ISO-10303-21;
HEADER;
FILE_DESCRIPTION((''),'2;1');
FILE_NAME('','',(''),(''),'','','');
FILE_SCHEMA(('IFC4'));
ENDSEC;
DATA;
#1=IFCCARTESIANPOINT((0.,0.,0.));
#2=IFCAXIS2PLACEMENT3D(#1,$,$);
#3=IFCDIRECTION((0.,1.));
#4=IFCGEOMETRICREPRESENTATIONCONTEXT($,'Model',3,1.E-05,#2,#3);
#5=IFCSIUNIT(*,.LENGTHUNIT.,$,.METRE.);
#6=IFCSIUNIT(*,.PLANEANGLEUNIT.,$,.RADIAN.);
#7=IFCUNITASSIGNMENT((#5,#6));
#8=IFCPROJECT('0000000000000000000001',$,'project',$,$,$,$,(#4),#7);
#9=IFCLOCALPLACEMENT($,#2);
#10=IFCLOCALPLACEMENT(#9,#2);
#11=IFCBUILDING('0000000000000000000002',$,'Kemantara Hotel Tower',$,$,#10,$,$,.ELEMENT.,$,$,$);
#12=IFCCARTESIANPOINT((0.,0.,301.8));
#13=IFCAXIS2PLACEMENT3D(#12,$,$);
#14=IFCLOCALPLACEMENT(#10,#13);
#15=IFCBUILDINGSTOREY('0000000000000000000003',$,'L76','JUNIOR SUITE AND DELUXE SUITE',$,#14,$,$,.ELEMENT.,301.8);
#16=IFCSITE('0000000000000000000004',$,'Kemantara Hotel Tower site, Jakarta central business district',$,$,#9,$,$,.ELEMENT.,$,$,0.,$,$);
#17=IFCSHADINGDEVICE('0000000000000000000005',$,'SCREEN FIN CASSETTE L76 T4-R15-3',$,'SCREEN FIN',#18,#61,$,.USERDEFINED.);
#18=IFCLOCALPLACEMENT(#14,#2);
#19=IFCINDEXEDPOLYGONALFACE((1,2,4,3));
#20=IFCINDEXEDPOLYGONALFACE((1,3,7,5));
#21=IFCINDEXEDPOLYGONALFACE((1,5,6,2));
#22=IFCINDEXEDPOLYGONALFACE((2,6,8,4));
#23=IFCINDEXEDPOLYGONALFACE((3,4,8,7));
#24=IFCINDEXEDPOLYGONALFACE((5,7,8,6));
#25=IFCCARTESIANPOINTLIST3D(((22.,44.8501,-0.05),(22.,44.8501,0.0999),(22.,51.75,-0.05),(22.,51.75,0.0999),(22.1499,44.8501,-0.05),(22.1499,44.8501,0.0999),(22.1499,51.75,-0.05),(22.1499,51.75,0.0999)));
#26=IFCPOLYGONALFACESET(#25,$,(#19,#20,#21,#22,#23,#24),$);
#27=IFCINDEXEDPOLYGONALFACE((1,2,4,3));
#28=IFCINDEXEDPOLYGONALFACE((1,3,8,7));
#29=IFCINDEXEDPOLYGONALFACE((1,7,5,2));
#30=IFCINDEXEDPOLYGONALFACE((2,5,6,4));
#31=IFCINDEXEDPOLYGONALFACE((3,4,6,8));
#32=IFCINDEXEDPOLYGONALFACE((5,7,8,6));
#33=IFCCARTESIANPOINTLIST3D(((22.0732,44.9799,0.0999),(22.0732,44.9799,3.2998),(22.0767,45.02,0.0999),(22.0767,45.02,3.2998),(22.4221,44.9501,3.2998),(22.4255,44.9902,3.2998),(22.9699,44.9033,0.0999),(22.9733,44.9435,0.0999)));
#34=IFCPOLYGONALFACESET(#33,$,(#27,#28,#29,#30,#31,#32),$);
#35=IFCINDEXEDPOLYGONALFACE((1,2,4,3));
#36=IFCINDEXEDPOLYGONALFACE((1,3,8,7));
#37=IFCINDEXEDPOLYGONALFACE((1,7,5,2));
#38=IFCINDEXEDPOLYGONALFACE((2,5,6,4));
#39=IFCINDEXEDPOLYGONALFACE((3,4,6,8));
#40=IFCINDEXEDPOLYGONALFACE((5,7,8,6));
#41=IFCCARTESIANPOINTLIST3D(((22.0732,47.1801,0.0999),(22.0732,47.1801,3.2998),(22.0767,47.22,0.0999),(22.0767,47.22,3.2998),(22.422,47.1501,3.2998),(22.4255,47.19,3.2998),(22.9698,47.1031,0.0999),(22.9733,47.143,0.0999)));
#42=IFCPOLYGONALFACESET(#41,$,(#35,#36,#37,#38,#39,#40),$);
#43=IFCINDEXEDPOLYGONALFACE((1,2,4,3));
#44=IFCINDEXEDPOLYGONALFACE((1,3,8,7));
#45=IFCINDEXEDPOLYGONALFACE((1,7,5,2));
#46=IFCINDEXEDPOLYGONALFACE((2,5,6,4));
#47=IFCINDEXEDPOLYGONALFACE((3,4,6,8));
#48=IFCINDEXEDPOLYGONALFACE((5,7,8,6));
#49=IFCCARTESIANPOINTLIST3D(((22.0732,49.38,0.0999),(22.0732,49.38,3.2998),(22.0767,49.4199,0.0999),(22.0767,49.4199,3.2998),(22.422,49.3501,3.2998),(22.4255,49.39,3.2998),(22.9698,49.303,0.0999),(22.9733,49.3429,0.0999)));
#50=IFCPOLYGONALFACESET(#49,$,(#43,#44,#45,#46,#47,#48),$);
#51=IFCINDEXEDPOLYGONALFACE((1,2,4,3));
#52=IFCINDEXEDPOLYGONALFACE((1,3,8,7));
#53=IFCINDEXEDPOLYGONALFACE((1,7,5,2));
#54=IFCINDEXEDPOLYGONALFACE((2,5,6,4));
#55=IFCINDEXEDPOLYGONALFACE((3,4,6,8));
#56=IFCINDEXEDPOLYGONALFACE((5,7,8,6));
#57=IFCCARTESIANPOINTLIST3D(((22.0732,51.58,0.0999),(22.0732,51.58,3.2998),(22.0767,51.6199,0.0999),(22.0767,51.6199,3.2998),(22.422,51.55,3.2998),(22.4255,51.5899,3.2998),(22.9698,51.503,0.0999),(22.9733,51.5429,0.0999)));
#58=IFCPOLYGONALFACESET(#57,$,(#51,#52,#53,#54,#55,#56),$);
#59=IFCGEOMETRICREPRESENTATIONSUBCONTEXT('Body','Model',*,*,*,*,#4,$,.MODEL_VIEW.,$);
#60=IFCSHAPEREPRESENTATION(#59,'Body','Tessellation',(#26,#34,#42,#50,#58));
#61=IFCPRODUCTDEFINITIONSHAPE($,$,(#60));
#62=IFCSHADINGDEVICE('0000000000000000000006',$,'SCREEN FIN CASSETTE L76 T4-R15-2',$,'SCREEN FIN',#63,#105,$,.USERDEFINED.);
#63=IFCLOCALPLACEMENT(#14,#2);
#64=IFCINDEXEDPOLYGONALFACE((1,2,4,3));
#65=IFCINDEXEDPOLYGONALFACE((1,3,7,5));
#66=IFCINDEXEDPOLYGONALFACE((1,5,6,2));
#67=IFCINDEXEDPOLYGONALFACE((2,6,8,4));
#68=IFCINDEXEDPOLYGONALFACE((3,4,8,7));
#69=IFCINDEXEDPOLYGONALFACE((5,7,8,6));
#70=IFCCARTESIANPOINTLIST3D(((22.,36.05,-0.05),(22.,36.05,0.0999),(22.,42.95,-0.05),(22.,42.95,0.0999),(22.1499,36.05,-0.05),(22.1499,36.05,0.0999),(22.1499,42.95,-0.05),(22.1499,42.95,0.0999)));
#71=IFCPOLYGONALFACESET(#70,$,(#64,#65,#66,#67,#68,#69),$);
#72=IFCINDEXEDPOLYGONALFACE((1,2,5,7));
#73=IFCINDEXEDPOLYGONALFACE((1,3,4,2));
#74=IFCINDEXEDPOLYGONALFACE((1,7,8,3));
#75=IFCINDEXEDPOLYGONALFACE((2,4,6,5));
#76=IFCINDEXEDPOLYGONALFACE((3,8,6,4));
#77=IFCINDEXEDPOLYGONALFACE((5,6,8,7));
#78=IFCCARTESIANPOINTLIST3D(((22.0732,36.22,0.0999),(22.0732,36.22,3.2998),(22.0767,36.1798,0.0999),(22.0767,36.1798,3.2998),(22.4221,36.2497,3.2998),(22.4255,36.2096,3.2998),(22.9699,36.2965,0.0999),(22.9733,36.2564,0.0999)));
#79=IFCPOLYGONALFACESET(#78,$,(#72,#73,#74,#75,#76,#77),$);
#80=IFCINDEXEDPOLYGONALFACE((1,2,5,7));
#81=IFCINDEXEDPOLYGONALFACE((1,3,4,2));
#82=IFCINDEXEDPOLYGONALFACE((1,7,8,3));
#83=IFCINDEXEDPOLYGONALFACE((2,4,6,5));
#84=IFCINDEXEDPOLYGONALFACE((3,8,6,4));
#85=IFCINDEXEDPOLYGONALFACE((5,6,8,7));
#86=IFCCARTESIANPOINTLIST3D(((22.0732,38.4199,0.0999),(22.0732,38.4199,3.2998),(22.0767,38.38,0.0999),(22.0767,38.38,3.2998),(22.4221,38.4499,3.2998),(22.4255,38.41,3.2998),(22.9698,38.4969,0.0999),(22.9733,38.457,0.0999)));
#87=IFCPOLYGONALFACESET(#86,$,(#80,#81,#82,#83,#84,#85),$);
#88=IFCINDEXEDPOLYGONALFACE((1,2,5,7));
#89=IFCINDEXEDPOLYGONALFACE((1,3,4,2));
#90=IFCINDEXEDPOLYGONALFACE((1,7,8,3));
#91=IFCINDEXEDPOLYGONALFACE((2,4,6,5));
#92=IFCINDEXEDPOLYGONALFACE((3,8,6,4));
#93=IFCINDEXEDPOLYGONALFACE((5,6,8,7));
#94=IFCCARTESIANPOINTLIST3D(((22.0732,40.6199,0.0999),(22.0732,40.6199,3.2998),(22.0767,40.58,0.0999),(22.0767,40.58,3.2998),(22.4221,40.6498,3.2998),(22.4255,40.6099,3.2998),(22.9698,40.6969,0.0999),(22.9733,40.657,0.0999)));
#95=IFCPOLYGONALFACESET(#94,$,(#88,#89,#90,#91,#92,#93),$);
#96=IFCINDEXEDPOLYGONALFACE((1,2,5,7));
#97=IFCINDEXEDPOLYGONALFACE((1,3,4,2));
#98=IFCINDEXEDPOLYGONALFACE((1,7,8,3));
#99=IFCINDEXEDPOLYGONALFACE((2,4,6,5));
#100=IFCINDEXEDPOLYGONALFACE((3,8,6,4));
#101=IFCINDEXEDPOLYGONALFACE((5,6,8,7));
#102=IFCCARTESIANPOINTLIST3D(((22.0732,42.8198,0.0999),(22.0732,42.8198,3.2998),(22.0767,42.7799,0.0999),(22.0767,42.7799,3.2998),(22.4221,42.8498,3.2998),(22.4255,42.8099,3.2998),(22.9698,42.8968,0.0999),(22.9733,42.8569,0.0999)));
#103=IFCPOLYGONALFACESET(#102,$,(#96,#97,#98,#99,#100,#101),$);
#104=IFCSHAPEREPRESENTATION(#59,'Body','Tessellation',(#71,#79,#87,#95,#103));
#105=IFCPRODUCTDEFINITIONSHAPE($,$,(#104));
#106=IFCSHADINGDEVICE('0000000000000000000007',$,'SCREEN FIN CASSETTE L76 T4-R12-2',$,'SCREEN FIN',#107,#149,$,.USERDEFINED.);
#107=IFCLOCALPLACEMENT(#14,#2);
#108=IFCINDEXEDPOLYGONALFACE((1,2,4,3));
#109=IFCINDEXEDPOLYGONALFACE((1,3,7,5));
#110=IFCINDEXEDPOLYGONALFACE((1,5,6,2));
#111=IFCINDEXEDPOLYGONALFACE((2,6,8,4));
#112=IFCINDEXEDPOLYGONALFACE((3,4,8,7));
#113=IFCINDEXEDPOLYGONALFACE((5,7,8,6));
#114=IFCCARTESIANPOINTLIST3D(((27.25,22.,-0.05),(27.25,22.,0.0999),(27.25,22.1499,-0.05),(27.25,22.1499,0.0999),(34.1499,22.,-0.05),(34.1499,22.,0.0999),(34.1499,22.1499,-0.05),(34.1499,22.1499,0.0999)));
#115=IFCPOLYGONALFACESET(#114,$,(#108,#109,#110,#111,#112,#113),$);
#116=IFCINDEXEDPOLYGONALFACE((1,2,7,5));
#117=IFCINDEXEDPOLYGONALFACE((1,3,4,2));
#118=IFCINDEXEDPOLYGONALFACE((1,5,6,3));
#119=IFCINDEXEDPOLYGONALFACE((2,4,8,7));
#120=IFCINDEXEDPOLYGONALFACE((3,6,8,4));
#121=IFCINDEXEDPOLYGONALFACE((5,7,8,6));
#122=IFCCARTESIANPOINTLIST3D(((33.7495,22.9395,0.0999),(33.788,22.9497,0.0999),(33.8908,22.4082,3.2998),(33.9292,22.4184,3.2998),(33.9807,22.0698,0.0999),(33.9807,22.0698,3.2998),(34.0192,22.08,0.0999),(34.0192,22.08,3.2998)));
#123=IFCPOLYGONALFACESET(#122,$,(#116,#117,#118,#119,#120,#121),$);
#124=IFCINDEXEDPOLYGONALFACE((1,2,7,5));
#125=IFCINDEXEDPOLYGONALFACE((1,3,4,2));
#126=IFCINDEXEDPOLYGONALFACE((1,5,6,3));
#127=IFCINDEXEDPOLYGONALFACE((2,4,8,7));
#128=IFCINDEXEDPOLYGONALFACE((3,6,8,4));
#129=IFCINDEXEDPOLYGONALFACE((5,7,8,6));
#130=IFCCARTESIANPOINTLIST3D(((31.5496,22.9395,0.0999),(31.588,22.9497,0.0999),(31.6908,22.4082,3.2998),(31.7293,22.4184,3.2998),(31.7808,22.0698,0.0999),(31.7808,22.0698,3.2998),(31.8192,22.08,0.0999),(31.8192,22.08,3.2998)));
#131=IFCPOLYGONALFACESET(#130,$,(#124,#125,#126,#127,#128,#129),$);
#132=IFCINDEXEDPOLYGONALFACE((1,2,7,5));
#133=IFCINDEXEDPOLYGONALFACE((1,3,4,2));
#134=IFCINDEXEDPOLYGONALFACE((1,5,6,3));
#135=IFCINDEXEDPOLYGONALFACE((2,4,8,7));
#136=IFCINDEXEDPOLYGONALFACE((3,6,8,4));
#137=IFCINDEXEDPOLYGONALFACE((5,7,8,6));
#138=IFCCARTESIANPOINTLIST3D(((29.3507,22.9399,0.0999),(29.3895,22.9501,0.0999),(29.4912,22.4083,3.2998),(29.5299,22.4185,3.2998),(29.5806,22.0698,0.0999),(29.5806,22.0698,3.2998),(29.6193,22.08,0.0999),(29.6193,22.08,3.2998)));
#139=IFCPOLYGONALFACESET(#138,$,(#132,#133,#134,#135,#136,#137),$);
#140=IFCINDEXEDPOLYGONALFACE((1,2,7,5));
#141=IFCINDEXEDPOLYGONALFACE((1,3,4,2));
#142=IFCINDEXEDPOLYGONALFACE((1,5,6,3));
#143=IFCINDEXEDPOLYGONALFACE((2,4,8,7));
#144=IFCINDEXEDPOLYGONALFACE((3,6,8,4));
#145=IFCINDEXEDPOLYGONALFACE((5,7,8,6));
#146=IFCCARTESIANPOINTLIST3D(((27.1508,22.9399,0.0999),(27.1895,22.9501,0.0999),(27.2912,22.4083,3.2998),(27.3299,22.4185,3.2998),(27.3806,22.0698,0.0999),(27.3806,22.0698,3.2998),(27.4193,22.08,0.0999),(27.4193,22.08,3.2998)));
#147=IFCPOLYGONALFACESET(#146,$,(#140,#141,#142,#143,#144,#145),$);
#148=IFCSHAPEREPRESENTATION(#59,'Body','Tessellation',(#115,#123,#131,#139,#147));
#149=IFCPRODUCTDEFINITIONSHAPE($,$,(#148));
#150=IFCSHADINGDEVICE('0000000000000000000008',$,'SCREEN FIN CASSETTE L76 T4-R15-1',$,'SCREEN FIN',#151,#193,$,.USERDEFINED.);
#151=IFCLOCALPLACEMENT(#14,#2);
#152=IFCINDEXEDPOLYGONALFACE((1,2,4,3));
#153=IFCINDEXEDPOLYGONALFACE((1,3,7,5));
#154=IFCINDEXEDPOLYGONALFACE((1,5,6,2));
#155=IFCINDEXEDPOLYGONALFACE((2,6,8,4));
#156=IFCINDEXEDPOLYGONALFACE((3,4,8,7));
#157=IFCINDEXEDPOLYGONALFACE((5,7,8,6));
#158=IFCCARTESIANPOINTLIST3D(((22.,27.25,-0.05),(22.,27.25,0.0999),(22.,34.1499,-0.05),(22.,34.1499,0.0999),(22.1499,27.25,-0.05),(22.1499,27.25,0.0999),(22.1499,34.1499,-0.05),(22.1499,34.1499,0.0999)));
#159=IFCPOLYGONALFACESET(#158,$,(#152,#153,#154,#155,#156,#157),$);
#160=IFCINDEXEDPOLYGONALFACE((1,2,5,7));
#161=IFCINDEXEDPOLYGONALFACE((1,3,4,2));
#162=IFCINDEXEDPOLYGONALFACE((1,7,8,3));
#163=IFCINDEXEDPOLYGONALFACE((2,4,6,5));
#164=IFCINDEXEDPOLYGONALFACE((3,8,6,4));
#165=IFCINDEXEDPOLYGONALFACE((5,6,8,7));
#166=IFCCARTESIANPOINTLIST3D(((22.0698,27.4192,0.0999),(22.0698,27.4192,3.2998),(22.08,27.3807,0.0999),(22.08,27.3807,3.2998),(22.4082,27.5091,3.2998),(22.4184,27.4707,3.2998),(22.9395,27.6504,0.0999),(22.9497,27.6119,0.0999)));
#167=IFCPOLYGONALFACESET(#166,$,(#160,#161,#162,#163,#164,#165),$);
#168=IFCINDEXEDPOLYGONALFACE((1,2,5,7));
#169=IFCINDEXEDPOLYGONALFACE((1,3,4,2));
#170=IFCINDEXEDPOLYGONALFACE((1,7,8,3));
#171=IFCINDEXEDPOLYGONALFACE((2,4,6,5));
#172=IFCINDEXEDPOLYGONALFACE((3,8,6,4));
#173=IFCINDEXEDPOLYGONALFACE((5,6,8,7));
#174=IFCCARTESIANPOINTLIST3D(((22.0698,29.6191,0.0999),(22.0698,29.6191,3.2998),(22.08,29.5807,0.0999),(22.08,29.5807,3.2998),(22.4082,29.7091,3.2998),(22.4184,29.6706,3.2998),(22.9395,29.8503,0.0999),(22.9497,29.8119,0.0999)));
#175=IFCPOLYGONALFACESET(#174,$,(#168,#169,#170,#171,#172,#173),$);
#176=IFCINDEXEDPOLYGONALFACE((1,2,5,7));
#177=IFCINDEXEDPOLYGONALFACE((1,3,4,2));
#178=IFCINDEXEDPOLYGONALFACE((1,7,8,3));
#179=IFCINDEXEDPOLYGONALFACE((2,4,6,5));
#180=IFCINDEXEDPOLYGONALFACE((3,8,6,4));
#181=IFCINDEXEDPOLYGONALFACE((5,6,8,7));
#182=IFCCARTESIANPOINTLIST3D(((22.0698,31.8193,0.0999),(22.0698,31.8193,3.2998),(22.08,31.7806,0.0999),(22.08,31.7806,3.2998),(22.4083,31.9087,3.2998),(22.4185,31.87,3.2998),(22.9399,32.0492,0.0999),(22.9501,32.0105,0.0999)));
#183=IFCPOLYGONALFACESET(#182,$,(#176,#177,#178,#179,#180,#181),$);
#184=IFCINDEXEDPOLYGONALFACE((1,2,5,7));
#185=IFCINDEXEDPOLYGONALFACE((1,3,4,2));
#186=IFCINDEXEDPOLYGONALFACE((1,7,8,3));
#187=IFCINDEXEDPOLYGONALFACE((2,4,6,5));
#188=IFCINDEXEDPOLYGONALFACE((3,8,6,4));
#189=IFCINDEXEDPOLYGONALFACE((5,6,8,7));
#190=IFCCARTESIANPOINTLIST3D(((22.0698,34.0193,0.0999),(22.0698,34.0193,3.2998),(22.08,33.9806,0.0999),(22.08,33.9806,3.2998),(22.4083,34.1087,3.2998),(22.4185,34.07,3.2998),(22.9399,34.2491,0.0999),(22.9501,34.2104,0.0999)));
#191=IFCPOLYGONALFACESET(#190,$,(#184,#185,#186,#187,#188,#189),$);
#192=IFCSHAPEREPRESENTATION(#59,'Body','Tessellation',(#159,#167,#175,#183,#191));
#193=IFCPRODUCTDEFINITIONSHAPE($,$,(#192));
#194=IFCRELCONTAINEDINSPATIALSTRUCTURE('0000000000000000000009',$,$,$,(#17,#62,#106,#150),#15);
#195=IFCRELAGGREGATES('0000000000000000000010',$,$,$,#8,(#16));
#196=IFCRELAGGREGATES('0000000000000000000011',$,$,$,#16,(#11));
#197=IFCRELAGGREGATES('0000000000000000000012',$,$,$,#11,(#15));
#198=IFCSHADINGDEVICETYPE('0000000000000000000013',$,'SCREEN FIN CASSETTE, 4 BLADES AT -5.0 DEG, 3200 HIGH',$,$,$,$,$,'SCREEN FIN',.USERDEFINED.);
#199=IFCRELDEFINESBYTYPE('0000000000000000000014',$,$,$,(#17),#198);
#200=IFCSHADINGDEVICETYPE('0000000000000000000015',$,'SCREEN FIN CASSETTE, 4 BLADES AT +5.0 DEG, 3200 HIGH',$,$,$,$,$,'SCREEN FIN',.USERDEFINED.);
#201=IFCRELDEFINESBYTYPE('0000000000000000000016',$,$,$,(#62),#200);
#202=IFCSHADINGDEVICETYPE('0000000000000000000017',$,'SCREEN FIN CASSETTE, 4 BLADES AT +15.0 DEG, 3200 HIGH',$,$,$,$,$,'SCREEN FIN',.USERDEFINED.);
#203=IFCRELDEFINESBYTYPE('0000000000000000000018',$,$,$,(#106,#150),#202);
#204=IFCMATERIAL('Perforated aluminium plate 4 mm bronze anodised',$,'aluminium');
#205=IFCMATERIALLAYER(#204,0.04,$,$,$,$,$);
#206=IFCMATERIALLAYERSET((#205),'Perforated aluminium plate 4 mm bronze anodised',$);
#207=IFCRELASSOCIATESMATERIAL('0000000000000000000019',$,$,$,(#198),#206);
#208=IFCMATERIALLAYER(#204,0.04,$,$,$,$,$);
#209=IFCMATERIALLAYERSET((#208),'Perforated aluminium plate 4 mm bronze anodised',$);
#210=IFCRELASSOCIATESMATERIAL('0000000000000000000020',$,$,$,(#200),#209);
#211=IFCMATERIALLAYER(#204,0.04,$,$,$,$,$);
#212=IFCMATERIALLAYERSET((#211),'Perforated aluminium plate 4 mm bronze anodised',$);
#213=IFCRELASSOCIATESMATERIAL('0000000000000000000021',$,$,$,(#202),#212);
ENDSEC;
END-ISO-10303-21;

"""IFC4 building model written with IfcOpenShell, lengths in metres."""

from ifc_helpers import new_model, si_unit, direction, frame, origin, origin_2d, place, context, subcontext, project, spatial, polyline, rectangle, outline, extrude, source, transform, mapped, material, layer, layer_set, type_object, element, save


model = new_model("IFC4")

# Units and contexts
model_context = context("Model", 3, precision=1e-05, world=origin(), true_north=direction((0.0, 1.0)))
body_context = subcontext(model_context, "Body", "Model", "MODEL_VIEW")
ifc_project = project(units=[si_unit("LENGTHUNIT", "METRE"), si_unit("PLANEANGLEUNIT", "RADIAN")], contexts=[model_context])

# Site, building, storey
site_placement = place(None, origin())
site = spatial("IfcSite", under=ifc_project, at=site_placement, Name="Kemantara Hotel Tower site, Jakarta central business district", CompositionType="ELEMENT", RefElevation=0.0)
building_placement = place(site_placement, origin())
building = spatial("IfcBuilding", under=site, at=building_placement, Name="Kemantara Hotel Tower", CompositionType="ELEMENT")
storey_placement = place(building_placement, frame((0.0, 0.0, 301.8)))
storey = spatial("IfcBuildingStorey", under=building, at=storey_placement, Name="L76", Description="JUNIOR SUITE AND DELUXE SUITE", CompositionType="ELEMENT", Elevation=301.8)

# Shading devices
ifc_material_1 = material(Name="Perforated aluminium plate 4 mm bronze anodised", Category="aluminium")
ifc_layer_1 = layer(ifc_material_1, 0.04)
ifc_layer_set_1 = layer_set([ifc_layer_1], Name="Perforated aluminium plate 4 mm bronze anodised")
shading_device_type_1 = type_object("IfcShadingDeviceType", Name="SCREEN FIN CASSETTE, 4 BLADES AT -5.0 DEG, 3200 HIGH", ElementType="SCREEN FIN", PredefinedType="USERDEFINED", material=ifc_layer_set_1)
shared_shape_1 = source(origin(), body_context, "Body", "SweptSolid", [
    extrude(rectangle(XDim=6.8999, YDim=0.1499, at=origin_2d()), frame((3.3, -0.075, -0.1499), z_axis=(0.0, 0.0, 1.0), x_axis=(1.0, 0.0, 0.0)), (0.0, 0.0, 1.0), 0.1499),
    extrude(outline(polyline([(0.0, 0.0), (0.8999, 0.0), (0.3501, 3.2), (0.0, 3.2), (0.0, 0.0)])), frame((0.02, -0.0767, 0.0), z_axis=(-0.996376, 0.085056, 0.0), x_axis=(-0.085056, -0.996376, 0.0)), (0.0, 0.0, 1.0), 0.0403),
    extrude(outline(polyline([(0.0, 0.0), (0.8999, 0.0), (0.3501, 3.2), (0.0, 3.2), (0.0, 0.0)])), frame((2.22, -0.0767, 0.0), z_axis=(-0.996332, 0.085575, 0.0), x_axis=(-0.085575, -0.996332, 0.0)), (0.0, 0.0, 1.0), 0.04),
    extrude(outline(polyline([(0.0, 0.0), (0.8999, 0.0), (0.3501, 3.2), (0.0, 3.2), (0.0, 0.0)])), frame((4.4199, -0.0767, 0.0), z_axis=(-0.996332, 0.085575, 0.0), x_axis=(-0.085575, -0.996332, 0.0)), (0.0, 0.0, 1.0), 0.04),
    extrude(outline(polyline([(0.0, 0.0), (0.8999, 0.0), (0.3501, 3.2), (0.0, 3.2), (0.0, 0.0)])), frame((6.6199, -0.0767, 0.0), z_axis=(-0.996332, 0.085575, 0.0), x_axis=(-0.085575, -0.996332, 0.0)), (0.0, 0.0, 1.0), 0.04),
])
shading_device_1_placement = place(storey_placement, frame((22.0, 45.0, 0.0999), z_axis=(0.0, 0.0, 1.0), x_axis=(0.0, 1.0, 0.0)))
element("IfcShadingDevice", 1, at=shading_device_1_placement, inside=storey, type_object=shading_device_type_1, Name="SCREEN FIN CASSETTE L76 T4-R15-3", ObjectType="SCREEN FIN", PredefinedType="USERDEFINED", context=body_context, shape_type="MappedRepresentation", body=[
    mapped(shared_shape_1, transform((0.0, 0.0, 0.0))),
])
ifc_layer_2 = layer(ifc_material_1, 0.04)
ifc_layer_set_2 = layer_set([ifc_layer_2], Name="Perforated aluminium plate 4 mm bronze anodised")
shading_device_type_2 = type_object("IfcShadingDeviceType", Name="SCREEN FIN CASSETTE, 4 BLADES AT +5.0 DEG, 3200 HIGH", ElementType="SCREEN FIN", PredefinedType="USERDEFINED", material=ifc_layer_set_2)
shared_shape_2 = source(origin(), body_context, "Body", "SweptSolid", [
    extrude(rectangle(XDim=6.8999, YDim=0.1499, at=origin_2d()), frame((3.3, -0.075, -0.1499), z_axis=(0.0, 0.0, 1.0), x_axis=(1.0, 0.0, 0.0)), (0.0, 0.0, 1.0), 0.1499),
    extrude(outline(polyline([(0.0, 0.0), (0.8999, 0.0), (0.3501, 3.2), (0.0, 3.2), (0.0, 0.0)])), frame((0.02, -0.0732, 0.0), z_axis=(-0.996376, -0.085056, 0.0), x_axis=(0.085056, -0.996376, 0.0)), (0.0, 0.0, 1.0), 0.0403),
    extrude(outline(polyline([(0.0, 0.0), (0.8999, 0.0), (0.3501, 3.2), (0.0, 3.2), (0.0, 0.0)])), frame((2.22, -0.0732, 0.0), z_axis=(-0.996332, -0.085575, 0.0), x_axis=(0.085575, -0.996332, 0.0)), (0.0, 0.0, 1.0), 0.04),
    extrude(outline(polyline([(0.0, 0.0), (0.8999, 0.0), (0.3501, 3.2), (0.0, 3.2), (0.0, 0.0)])), frame((4.4199, -0.0732, 0.0), z_axis=(-0.996332, -0.085575, 0.0), x_axis=(0.085575, -0.996332, 0.0)), (0.0, 0.0, 1.0), 0.04),
    extrude(outline(polyline([(0.0, 0.0), (0.8999, 0.0), (0.3501, 3.2), (0.0, 3.2), (0.0, 0.0)])), frame((6.6199, -0.0732, 0.0), z_axis=(-0.996332, -0.085575, 0.0), x_axis=(0.085575, -0.996332, 0.0)), (0.0, 0.0, 1.0), 0.04),
])
shading_device_2_placement = place(storey_placement, frame((22.0, 36.2, 0.0999), z_axis=(0.0, 0.0, 1.0), x_axis=(0.0, 1.0, 0.0)))
element("IfcShadingDevice", 2, at=shading_device_2_placement, inside=storey, type_object=shading_device_type_2, Name="SCREEN FIN CASSETTE L76 T4-R15-2", ObjectType="SCREEN FIN", PredefinedType="USERDEFINED", context=body_context, shape_type="MappedRepresentation", body=[
    mapped(shared_shape_2, transform((0.0, 0.0, 0.0))),
])
ifc_layer_3 = layer(ifc_material_1, 0.04)
ifc_layer_set_3 = layer_set([ifc_layer_3], Name="Perforated aluminium plate 4 mm bronze anodised")
shading_device_type_3 = type_object("IfcShadingDeviceType", Name="SCREEN FIN CASSETTE, 4 BLADES AT +15.0 DEG, 3200 HIGH", ElementType="SCREEN FIN", PredefinedType="USERDEFINED", material=ifc_layer_set_3)
shared_shape_3 = source(origin(), body_context, "Body", "SweptSolid", [
    extrude(rectangle(XDim=6.8999, YDim=0.1499, at=origin_2d()), frame((3.3, -0.075, -0.1499), z_axis=(0.0, 0.0, 1.0), x_axis=(1.0, 0.0, 0.0)), (0.0, 0.0, 1.0), 0.1499),
    extrude(outline(polyline([(0.0, 0.0), (0.8999, 0.0), (0.3501, 3.2), (0.0, 3.2), (0.0, 0.0)])), frame((0.0193, -0.0698, 0.0), z_axis=(-0.966438, -0.256901, 0.0), x_axis=(0.256901, -0.966438, 0.0)), (0.0, 0.0, 1.0), 0.0398),
    extrude(outline(polyline([(0.0, 0.0), (0.8999, 0.0), (0.3501, 3.2), (0.0, 3.2), (0.0, 0.0)])), frame((2.2192, -0.0698, 0.0), z_axis=(-0.966438, -0.256901, 0.0), x_axis=(0.256901, -0.966438, 0.0)), (0.0, 0.0, 1.0), 0.0398),
    extrude(outline(polyline([(0.0, 0.0), (0.8999, 0.0), (0.3501, 3.2), (0.0, 3.2), (0.0, 0.0)])), frame((4.4194, -0.0698, 0.0), z_axis=(-0.966838, -0.255391, 0.0), x_axis=(0.255391, -0.966838, 0.0)), (0.0, 0.0, 1.0), 0.04),
    extrude(outline(polyline([(0.0, 0.0), (0.8999, 0.0), (0.3501, 3.2), (0.0, 3.2), (0.0, 0.0)])), frame((6.6194, -0.0698, 0.0), z_axis=(-0.966838, -0.255391, 0.0), x_axis=(0.255391, -0.966838, 0.0)), (0.0, 0.0, 1.0), 0.04),
])
for number, where, z_axis, x_axis, name in (
    (3, (34.0, 22.0, 0.0999), (0.0, 0.0, 1.0), (-1.0, 0.0, 0.0), "SCREEN FIN CASSETTE L76 T4-R12-2"),
    (4, (22.0, 27.3999, 0.0999), (0.0, 0.0, 1.0), (0.0, 1.0, 0.0), "SCREEN FIN CASSETTE L76 T4-R15-1"),
):
    element("IfcShadingDevice", number, at=place(storey_placement, frame(where, z_axis=z_axis, x_axis=x_axis)), inside=storey, type_object=shading_device_type_3, Name=name, ObjectType="SCREEN FIN", PredefinedType="USERDEFINED", context=body_context, shape_type="MappedRepresentation", body=[
        mapped(shared_shape_3, transform((0.0, 0.0, 0.0))),
    ])

save(model, "model.ifc")
